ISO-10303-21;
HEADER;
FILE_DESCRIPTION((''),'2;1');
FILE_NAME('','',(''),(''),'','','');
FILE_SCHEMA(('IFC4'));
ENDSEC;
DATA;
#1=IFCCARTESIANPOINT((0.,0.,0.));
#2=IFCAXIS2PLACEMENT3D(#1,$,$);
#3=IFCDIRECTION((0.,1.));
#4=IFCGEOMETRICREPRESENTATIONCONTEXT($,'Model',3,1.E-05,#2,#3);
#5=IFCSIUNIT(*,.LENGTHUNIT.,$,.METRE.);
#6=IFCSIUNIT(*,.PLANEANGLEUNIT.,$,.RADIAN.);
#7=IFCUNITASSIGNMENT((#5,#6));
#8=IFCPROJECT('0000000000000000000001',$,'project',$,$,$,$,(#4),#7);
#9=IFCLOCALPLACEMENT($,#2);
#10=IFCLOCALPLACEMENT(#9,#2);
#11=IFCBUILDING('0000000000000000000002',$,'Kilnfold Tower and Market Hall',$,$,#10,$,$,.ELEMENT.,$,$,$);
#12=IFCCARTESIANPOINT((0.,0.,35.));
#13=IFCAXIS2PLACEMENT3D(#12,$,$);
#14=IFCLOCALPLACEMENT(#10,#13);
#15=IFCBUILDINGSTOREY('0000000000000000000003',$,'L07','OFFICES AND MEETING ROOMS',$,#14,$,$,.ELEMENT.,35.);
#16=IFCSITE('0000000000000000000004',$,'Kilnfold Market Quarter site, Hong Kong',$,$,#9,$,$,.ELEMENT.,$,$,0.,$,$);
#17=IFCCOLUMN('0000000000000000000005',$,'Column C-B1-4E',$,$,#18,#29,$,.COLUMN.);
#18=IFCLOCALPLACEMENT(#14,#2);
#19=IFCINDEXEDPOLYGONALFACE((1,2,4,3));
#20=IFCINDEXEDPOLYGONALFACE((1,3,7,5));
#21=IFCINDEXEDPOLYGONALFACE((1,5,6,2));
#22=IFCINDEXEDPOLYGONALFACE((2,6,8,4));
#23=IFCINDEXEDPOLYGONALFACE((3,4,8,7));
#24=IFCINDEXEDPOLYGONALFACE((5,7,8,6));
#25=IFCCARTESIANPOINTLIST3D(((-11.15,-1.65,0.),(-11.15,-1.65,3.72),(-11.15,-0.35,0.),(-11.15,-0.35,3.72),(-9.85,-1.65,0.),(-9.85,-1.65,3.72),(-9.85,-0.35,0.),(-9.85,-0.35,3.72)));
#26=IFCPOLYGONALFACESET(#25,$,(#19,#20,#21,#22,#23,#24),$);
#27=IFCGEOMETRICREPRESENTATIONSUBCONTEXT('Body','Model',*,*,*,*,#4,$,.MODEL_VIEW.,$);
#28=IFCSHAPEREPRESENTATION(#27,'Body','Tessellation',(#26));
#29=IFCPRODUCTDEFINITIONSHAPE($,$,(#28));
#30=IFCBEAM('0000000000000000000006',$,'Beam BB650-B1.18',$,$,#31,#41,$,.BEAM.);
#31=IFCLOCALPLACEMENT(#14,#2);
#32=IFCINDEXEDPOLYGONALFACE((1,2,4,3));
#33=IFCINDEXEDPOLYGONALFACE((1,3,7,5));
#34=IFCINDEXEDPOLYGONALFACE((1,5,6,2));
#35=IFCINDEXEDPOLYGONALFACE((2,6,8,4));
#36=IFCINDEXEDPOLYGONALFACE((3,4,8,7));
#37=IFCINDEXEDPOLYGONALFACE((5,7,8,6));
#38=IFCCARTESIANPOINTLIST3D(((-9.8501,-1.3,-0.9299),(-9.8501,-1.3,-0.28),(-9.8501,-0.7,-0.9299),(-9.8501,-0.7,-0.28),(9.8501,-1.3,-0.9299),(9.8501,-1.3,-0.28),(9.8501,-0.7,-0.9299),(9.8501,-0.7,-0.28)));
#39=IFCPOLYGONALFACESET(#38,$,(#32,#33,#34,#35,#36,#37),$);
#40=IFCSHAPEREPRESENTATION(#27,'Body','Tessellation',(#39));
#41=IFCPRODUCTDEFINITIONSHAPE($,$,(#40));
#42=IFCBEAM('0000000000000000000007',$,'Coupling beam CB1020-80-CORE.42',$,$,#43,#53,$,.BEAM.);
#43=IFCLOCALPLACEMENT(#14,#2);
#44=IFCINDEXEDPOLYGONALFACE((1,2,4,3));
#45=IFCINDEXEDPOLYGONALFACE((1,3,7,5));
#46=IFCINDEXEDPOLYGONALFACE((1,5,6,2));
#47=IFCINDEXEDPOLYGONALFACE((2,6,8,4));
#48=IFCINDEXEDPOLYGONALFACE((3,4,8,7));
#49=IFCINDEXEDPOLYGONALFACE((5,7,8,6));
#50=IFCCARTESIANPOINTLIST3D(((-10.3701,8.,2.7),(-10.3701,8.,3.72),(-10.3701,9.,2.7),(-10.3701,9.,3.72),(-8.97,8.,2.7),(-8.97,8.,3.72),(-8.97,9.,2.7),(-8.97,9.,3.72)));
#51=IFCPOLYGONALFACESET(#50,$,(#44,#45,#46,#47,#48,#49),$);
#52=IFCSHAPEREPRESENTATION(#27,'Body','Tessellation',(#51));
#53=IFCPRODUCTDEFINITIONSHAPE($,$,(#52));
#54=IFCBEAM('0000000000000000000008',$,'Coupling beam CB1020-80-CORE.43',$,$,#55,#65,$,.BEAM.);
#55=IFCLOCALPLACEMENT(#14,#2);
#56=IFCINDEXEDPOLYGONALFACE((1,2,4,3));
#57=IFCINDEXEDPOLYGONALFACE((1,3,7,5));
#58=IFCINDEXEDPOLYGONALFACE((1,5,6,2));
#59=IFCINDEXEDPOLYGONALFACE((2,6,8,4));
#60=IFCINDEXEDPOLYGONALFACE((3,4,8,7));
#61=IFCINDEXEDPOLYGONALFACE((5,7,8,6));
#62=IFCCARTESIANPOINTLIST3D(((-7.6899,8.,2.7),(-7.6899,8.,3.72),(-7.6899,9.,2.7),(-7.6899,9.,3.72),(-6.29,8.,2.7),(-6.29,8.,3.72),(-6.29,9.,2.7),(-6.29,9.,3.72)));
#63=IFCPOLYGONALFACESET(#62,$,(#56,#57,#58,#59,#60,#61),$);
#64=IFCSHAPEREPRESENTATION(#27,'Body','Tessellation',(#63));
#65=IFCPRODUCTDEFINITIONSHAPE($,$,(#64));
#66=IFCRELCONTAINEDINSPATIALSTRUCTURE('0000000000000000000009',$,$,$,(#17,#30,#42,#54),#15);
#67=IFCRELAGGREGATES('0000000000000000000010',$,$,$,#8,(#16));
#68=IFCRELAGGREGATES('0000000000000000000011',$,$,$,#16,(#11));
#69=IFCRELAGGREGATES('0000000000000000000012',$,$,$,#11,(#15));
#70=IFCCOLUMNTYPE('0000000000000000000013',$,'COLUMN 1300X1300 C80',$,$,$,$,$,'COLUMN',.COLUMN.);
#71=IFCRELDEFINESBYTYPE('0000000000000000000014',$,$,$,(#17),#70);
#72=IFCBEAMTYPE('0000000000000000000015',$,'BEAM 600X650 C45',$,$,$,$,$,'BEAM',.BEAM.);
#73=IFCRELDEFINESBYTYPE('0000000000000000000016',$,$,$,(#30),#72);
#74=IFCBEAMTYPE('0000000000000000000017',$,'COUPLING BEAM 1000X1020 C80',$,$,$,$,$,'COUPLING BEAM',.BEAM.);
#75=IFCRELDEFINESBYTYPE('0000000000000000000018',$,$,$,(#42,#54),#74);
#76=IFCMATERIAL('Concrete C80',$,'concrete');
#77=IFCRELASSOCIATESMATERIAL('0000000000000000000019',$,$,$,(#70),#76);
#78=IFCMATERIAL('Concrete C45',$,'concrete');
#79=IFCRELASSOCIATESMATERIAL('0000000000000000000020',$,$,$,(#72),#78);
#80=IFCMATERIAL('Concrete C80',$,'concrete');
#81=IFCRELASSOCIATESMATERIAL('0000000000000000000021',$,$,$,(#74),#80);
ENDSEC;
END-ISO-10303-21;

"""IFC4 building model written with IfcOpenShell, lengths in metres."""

from ifc_helpers import new_model, si_unit, direction, frame, origin, origin_2d, place, context, subcontext, project, spatial, rectangle, extrude, source, transform, mapped, material, material_profile, profile_set, type_object, element, save


model = new_model("IFC4")

# Units and contexts
model_context = context("Model", 3, precision=1e-05, world=origin(), true_north=direction((0.0, 1.0)))
body_context = subcontext(model_context, "Body", "Model", "MODEL_VIEW")
ifc_project = project(units=[si_unit("LENGTHUNIT", "METRE"), si_unit("PLANEANGLEUNIT", "RADIAN")], contexts=[model_context])

# Site, building, storey
site_placement = place(None, origin())
site = spatial("IfcSite", under=ifc_project, at=site_placement, Name="Kilnfold Market Quarter site, Hong Kong", CompositionType="ELEMENT", RefElevation=0.0)
building_placement = place(site_placement, origin())
building = spatial("IfcBuilding", under=site, at=building_placement, Name="Kilnfold Tower and Market Hall", CompositionType="ELEMENT")
storey_placement = place(building_placement, frame((0.0, 0.0, 35.0)))
storey = spatial("IfcBuildingStorey", under=building, at=storey_placement, Name="L07", Description="OFFICES AND MEETING ROOMS", CompositionType="ELEMENT", Elevation=35.0)

# Column
ifc_material_1 = material(Name="Concrete C80", Category="concrete")
ifc_material_profile_1 = material_profile(ifc_material_1, rectangle(XDim=1.3, YDim=1.3, at=origin_2d()), Name="RC 1300x1300")
ifc_profile_set_1 = profile_set([ifc_material_profile_1], Name="Concrete C80")
column_type = type_object("IfcColumnType", Name="COLUMN 1300X1300 C80", ElementType="COLUMN", PredefinedType="COLUMN", material=ifc_profile_set_1)
shared_shape_1 = source(origin(), body_context, "Body", "SweptSolid", [
    extrude(rectangle(XDim=1.3, YDim=1.3, at=origin_2d()), origin(), (0.0, 0.0, 1.0), 3.72),
])
column_placement = place(storey_placement, frame((-10.5, -1.0, 0.0), z_axis=(0.0, 0.0, 1.0), x_axis=(1.0, 0.0, 0.0)))
element("IfcColumn", 1, at=column_placement, inside=storey, type_object=column_type, Name="Column C-B1-4E", PredefinedType="COLUMN", context=body_context, shape_type="MappedRepresentation", body=[
    mapped(shared_shape_1, transform((0.0, 0.0, 0.0))),
])

# Beams
ifc_material_2 = material(Name="Concrete C45", Category="concrete")
ifc_material_profile_2 = material_profile(ifc_material_2, rectangle(XDim=0.6001, YDim=0.6499, at=origin_2d()), Name="RC 600x650")
ifc_profile_set_2 = profile_set([ifc_material_profile_2], Name="Concrete C45")
beam_type_1 = type_object("IfcBeamType", Name="BEAM 600X650 C45", ElementType="BEAM", PredefinedType="BEAM", material=ifc_profile_set_2)
shared_shape_2 = source(origin(), body_context, "Body", "SweptSolid", [
    extrude(rectangle(XDim=0.6001, YDim=0.6499, at=origin_2d()), origin(), (0.0, 0.0, 1.0), 19.7002),
])
beam_1_placement = place(storey_placement, frame((-9.8501, -1.0, -0.605), z_axis=(1.0, 0.0, 0.0), x_axis=(0.0, 1.0, 0.0)))
element("IfcBeam", 2, at=beam_1_placement, inside=storey, type_object=beam_type_1, Name="Beam BB650-B1.18", PredefinedType="BEAM", context=body_context, shape_type="MappedRepresentation", body=[
    mapped(shared_shape_2, transform((0.0, 0.0, 0.0))),
])
ifc_material_3 = material(Name="Concrete C80", Category="concrete")
ifc_material_profile_3 = material_profile(ifc_material_3, rectangle(XDim=1.0, YDim=1.02, at=origin_2d()), Name="RC 1000x1020")
ifc_profile_set_3 = profile_set([ifc_material_profile_3], Name="Concrete C80")
beam_type_2 = type_object("IfcBeamType", Name="COUPLING BEAM 1000X1020 C80", ElementType="COUPLING BEAM", PredefinedType="BEAM", material=ifc_profile_set_3)
shared_shape_3 = source(origin(), body_context, "Body", "SweptSolid", [
    extrude(rectangle(XDim=1.0, YDim=1.02, at=origin_2d()), origin(), (0.0, 0.0, 1.0), 1.4001),
])
beam_2_placement = place(storey_placement, frame((-10.3701, 8.5, 3.21), z_axis=(1.0, 0.0, 0.0), x_axis=(0.0, 1.0, 0.0)))
element("IfcBeam", 3, at=beam_2_placement, inside=storey, type_object=beam_type_2, Name="Coupling beam CB1020-80-CORE.42", PredefinedType="BEAM", context=body_context, shape_type="MappedRepresentation", body=[
    mapped(shared_shape_3, transform((0.0, 0.0, 0.0))),
])
shared_shape_4 = source(origin(), body_context, "Body", "SweptSolid", [
    extrude(rectangle(XDim=1.0, YDim=1.02, at=origin_2d()), origin(), (0.0, 0.0, 1.0), 1.3999),
])
beam_3_placement = place(storey_placement, frame((-7.6899, 8.5, 3.21), z_axis=(1.0, 0.0, 0.0), x_axis=(0.0, 1.0, 0.0)))
element("IfcBeam", 4, at=beam_3_placement, inside=storey, type_object=beam_type_2, Name="Coupling beam CB1020-80-CORE.43", PredefinedType="BEAM", context=body_context, shape_type="MappedRepresentation", body=[
    mapped(shared_shape_4, transform((0.0, 0.0, 0.0))),
])

save(model, "model.ifc")
